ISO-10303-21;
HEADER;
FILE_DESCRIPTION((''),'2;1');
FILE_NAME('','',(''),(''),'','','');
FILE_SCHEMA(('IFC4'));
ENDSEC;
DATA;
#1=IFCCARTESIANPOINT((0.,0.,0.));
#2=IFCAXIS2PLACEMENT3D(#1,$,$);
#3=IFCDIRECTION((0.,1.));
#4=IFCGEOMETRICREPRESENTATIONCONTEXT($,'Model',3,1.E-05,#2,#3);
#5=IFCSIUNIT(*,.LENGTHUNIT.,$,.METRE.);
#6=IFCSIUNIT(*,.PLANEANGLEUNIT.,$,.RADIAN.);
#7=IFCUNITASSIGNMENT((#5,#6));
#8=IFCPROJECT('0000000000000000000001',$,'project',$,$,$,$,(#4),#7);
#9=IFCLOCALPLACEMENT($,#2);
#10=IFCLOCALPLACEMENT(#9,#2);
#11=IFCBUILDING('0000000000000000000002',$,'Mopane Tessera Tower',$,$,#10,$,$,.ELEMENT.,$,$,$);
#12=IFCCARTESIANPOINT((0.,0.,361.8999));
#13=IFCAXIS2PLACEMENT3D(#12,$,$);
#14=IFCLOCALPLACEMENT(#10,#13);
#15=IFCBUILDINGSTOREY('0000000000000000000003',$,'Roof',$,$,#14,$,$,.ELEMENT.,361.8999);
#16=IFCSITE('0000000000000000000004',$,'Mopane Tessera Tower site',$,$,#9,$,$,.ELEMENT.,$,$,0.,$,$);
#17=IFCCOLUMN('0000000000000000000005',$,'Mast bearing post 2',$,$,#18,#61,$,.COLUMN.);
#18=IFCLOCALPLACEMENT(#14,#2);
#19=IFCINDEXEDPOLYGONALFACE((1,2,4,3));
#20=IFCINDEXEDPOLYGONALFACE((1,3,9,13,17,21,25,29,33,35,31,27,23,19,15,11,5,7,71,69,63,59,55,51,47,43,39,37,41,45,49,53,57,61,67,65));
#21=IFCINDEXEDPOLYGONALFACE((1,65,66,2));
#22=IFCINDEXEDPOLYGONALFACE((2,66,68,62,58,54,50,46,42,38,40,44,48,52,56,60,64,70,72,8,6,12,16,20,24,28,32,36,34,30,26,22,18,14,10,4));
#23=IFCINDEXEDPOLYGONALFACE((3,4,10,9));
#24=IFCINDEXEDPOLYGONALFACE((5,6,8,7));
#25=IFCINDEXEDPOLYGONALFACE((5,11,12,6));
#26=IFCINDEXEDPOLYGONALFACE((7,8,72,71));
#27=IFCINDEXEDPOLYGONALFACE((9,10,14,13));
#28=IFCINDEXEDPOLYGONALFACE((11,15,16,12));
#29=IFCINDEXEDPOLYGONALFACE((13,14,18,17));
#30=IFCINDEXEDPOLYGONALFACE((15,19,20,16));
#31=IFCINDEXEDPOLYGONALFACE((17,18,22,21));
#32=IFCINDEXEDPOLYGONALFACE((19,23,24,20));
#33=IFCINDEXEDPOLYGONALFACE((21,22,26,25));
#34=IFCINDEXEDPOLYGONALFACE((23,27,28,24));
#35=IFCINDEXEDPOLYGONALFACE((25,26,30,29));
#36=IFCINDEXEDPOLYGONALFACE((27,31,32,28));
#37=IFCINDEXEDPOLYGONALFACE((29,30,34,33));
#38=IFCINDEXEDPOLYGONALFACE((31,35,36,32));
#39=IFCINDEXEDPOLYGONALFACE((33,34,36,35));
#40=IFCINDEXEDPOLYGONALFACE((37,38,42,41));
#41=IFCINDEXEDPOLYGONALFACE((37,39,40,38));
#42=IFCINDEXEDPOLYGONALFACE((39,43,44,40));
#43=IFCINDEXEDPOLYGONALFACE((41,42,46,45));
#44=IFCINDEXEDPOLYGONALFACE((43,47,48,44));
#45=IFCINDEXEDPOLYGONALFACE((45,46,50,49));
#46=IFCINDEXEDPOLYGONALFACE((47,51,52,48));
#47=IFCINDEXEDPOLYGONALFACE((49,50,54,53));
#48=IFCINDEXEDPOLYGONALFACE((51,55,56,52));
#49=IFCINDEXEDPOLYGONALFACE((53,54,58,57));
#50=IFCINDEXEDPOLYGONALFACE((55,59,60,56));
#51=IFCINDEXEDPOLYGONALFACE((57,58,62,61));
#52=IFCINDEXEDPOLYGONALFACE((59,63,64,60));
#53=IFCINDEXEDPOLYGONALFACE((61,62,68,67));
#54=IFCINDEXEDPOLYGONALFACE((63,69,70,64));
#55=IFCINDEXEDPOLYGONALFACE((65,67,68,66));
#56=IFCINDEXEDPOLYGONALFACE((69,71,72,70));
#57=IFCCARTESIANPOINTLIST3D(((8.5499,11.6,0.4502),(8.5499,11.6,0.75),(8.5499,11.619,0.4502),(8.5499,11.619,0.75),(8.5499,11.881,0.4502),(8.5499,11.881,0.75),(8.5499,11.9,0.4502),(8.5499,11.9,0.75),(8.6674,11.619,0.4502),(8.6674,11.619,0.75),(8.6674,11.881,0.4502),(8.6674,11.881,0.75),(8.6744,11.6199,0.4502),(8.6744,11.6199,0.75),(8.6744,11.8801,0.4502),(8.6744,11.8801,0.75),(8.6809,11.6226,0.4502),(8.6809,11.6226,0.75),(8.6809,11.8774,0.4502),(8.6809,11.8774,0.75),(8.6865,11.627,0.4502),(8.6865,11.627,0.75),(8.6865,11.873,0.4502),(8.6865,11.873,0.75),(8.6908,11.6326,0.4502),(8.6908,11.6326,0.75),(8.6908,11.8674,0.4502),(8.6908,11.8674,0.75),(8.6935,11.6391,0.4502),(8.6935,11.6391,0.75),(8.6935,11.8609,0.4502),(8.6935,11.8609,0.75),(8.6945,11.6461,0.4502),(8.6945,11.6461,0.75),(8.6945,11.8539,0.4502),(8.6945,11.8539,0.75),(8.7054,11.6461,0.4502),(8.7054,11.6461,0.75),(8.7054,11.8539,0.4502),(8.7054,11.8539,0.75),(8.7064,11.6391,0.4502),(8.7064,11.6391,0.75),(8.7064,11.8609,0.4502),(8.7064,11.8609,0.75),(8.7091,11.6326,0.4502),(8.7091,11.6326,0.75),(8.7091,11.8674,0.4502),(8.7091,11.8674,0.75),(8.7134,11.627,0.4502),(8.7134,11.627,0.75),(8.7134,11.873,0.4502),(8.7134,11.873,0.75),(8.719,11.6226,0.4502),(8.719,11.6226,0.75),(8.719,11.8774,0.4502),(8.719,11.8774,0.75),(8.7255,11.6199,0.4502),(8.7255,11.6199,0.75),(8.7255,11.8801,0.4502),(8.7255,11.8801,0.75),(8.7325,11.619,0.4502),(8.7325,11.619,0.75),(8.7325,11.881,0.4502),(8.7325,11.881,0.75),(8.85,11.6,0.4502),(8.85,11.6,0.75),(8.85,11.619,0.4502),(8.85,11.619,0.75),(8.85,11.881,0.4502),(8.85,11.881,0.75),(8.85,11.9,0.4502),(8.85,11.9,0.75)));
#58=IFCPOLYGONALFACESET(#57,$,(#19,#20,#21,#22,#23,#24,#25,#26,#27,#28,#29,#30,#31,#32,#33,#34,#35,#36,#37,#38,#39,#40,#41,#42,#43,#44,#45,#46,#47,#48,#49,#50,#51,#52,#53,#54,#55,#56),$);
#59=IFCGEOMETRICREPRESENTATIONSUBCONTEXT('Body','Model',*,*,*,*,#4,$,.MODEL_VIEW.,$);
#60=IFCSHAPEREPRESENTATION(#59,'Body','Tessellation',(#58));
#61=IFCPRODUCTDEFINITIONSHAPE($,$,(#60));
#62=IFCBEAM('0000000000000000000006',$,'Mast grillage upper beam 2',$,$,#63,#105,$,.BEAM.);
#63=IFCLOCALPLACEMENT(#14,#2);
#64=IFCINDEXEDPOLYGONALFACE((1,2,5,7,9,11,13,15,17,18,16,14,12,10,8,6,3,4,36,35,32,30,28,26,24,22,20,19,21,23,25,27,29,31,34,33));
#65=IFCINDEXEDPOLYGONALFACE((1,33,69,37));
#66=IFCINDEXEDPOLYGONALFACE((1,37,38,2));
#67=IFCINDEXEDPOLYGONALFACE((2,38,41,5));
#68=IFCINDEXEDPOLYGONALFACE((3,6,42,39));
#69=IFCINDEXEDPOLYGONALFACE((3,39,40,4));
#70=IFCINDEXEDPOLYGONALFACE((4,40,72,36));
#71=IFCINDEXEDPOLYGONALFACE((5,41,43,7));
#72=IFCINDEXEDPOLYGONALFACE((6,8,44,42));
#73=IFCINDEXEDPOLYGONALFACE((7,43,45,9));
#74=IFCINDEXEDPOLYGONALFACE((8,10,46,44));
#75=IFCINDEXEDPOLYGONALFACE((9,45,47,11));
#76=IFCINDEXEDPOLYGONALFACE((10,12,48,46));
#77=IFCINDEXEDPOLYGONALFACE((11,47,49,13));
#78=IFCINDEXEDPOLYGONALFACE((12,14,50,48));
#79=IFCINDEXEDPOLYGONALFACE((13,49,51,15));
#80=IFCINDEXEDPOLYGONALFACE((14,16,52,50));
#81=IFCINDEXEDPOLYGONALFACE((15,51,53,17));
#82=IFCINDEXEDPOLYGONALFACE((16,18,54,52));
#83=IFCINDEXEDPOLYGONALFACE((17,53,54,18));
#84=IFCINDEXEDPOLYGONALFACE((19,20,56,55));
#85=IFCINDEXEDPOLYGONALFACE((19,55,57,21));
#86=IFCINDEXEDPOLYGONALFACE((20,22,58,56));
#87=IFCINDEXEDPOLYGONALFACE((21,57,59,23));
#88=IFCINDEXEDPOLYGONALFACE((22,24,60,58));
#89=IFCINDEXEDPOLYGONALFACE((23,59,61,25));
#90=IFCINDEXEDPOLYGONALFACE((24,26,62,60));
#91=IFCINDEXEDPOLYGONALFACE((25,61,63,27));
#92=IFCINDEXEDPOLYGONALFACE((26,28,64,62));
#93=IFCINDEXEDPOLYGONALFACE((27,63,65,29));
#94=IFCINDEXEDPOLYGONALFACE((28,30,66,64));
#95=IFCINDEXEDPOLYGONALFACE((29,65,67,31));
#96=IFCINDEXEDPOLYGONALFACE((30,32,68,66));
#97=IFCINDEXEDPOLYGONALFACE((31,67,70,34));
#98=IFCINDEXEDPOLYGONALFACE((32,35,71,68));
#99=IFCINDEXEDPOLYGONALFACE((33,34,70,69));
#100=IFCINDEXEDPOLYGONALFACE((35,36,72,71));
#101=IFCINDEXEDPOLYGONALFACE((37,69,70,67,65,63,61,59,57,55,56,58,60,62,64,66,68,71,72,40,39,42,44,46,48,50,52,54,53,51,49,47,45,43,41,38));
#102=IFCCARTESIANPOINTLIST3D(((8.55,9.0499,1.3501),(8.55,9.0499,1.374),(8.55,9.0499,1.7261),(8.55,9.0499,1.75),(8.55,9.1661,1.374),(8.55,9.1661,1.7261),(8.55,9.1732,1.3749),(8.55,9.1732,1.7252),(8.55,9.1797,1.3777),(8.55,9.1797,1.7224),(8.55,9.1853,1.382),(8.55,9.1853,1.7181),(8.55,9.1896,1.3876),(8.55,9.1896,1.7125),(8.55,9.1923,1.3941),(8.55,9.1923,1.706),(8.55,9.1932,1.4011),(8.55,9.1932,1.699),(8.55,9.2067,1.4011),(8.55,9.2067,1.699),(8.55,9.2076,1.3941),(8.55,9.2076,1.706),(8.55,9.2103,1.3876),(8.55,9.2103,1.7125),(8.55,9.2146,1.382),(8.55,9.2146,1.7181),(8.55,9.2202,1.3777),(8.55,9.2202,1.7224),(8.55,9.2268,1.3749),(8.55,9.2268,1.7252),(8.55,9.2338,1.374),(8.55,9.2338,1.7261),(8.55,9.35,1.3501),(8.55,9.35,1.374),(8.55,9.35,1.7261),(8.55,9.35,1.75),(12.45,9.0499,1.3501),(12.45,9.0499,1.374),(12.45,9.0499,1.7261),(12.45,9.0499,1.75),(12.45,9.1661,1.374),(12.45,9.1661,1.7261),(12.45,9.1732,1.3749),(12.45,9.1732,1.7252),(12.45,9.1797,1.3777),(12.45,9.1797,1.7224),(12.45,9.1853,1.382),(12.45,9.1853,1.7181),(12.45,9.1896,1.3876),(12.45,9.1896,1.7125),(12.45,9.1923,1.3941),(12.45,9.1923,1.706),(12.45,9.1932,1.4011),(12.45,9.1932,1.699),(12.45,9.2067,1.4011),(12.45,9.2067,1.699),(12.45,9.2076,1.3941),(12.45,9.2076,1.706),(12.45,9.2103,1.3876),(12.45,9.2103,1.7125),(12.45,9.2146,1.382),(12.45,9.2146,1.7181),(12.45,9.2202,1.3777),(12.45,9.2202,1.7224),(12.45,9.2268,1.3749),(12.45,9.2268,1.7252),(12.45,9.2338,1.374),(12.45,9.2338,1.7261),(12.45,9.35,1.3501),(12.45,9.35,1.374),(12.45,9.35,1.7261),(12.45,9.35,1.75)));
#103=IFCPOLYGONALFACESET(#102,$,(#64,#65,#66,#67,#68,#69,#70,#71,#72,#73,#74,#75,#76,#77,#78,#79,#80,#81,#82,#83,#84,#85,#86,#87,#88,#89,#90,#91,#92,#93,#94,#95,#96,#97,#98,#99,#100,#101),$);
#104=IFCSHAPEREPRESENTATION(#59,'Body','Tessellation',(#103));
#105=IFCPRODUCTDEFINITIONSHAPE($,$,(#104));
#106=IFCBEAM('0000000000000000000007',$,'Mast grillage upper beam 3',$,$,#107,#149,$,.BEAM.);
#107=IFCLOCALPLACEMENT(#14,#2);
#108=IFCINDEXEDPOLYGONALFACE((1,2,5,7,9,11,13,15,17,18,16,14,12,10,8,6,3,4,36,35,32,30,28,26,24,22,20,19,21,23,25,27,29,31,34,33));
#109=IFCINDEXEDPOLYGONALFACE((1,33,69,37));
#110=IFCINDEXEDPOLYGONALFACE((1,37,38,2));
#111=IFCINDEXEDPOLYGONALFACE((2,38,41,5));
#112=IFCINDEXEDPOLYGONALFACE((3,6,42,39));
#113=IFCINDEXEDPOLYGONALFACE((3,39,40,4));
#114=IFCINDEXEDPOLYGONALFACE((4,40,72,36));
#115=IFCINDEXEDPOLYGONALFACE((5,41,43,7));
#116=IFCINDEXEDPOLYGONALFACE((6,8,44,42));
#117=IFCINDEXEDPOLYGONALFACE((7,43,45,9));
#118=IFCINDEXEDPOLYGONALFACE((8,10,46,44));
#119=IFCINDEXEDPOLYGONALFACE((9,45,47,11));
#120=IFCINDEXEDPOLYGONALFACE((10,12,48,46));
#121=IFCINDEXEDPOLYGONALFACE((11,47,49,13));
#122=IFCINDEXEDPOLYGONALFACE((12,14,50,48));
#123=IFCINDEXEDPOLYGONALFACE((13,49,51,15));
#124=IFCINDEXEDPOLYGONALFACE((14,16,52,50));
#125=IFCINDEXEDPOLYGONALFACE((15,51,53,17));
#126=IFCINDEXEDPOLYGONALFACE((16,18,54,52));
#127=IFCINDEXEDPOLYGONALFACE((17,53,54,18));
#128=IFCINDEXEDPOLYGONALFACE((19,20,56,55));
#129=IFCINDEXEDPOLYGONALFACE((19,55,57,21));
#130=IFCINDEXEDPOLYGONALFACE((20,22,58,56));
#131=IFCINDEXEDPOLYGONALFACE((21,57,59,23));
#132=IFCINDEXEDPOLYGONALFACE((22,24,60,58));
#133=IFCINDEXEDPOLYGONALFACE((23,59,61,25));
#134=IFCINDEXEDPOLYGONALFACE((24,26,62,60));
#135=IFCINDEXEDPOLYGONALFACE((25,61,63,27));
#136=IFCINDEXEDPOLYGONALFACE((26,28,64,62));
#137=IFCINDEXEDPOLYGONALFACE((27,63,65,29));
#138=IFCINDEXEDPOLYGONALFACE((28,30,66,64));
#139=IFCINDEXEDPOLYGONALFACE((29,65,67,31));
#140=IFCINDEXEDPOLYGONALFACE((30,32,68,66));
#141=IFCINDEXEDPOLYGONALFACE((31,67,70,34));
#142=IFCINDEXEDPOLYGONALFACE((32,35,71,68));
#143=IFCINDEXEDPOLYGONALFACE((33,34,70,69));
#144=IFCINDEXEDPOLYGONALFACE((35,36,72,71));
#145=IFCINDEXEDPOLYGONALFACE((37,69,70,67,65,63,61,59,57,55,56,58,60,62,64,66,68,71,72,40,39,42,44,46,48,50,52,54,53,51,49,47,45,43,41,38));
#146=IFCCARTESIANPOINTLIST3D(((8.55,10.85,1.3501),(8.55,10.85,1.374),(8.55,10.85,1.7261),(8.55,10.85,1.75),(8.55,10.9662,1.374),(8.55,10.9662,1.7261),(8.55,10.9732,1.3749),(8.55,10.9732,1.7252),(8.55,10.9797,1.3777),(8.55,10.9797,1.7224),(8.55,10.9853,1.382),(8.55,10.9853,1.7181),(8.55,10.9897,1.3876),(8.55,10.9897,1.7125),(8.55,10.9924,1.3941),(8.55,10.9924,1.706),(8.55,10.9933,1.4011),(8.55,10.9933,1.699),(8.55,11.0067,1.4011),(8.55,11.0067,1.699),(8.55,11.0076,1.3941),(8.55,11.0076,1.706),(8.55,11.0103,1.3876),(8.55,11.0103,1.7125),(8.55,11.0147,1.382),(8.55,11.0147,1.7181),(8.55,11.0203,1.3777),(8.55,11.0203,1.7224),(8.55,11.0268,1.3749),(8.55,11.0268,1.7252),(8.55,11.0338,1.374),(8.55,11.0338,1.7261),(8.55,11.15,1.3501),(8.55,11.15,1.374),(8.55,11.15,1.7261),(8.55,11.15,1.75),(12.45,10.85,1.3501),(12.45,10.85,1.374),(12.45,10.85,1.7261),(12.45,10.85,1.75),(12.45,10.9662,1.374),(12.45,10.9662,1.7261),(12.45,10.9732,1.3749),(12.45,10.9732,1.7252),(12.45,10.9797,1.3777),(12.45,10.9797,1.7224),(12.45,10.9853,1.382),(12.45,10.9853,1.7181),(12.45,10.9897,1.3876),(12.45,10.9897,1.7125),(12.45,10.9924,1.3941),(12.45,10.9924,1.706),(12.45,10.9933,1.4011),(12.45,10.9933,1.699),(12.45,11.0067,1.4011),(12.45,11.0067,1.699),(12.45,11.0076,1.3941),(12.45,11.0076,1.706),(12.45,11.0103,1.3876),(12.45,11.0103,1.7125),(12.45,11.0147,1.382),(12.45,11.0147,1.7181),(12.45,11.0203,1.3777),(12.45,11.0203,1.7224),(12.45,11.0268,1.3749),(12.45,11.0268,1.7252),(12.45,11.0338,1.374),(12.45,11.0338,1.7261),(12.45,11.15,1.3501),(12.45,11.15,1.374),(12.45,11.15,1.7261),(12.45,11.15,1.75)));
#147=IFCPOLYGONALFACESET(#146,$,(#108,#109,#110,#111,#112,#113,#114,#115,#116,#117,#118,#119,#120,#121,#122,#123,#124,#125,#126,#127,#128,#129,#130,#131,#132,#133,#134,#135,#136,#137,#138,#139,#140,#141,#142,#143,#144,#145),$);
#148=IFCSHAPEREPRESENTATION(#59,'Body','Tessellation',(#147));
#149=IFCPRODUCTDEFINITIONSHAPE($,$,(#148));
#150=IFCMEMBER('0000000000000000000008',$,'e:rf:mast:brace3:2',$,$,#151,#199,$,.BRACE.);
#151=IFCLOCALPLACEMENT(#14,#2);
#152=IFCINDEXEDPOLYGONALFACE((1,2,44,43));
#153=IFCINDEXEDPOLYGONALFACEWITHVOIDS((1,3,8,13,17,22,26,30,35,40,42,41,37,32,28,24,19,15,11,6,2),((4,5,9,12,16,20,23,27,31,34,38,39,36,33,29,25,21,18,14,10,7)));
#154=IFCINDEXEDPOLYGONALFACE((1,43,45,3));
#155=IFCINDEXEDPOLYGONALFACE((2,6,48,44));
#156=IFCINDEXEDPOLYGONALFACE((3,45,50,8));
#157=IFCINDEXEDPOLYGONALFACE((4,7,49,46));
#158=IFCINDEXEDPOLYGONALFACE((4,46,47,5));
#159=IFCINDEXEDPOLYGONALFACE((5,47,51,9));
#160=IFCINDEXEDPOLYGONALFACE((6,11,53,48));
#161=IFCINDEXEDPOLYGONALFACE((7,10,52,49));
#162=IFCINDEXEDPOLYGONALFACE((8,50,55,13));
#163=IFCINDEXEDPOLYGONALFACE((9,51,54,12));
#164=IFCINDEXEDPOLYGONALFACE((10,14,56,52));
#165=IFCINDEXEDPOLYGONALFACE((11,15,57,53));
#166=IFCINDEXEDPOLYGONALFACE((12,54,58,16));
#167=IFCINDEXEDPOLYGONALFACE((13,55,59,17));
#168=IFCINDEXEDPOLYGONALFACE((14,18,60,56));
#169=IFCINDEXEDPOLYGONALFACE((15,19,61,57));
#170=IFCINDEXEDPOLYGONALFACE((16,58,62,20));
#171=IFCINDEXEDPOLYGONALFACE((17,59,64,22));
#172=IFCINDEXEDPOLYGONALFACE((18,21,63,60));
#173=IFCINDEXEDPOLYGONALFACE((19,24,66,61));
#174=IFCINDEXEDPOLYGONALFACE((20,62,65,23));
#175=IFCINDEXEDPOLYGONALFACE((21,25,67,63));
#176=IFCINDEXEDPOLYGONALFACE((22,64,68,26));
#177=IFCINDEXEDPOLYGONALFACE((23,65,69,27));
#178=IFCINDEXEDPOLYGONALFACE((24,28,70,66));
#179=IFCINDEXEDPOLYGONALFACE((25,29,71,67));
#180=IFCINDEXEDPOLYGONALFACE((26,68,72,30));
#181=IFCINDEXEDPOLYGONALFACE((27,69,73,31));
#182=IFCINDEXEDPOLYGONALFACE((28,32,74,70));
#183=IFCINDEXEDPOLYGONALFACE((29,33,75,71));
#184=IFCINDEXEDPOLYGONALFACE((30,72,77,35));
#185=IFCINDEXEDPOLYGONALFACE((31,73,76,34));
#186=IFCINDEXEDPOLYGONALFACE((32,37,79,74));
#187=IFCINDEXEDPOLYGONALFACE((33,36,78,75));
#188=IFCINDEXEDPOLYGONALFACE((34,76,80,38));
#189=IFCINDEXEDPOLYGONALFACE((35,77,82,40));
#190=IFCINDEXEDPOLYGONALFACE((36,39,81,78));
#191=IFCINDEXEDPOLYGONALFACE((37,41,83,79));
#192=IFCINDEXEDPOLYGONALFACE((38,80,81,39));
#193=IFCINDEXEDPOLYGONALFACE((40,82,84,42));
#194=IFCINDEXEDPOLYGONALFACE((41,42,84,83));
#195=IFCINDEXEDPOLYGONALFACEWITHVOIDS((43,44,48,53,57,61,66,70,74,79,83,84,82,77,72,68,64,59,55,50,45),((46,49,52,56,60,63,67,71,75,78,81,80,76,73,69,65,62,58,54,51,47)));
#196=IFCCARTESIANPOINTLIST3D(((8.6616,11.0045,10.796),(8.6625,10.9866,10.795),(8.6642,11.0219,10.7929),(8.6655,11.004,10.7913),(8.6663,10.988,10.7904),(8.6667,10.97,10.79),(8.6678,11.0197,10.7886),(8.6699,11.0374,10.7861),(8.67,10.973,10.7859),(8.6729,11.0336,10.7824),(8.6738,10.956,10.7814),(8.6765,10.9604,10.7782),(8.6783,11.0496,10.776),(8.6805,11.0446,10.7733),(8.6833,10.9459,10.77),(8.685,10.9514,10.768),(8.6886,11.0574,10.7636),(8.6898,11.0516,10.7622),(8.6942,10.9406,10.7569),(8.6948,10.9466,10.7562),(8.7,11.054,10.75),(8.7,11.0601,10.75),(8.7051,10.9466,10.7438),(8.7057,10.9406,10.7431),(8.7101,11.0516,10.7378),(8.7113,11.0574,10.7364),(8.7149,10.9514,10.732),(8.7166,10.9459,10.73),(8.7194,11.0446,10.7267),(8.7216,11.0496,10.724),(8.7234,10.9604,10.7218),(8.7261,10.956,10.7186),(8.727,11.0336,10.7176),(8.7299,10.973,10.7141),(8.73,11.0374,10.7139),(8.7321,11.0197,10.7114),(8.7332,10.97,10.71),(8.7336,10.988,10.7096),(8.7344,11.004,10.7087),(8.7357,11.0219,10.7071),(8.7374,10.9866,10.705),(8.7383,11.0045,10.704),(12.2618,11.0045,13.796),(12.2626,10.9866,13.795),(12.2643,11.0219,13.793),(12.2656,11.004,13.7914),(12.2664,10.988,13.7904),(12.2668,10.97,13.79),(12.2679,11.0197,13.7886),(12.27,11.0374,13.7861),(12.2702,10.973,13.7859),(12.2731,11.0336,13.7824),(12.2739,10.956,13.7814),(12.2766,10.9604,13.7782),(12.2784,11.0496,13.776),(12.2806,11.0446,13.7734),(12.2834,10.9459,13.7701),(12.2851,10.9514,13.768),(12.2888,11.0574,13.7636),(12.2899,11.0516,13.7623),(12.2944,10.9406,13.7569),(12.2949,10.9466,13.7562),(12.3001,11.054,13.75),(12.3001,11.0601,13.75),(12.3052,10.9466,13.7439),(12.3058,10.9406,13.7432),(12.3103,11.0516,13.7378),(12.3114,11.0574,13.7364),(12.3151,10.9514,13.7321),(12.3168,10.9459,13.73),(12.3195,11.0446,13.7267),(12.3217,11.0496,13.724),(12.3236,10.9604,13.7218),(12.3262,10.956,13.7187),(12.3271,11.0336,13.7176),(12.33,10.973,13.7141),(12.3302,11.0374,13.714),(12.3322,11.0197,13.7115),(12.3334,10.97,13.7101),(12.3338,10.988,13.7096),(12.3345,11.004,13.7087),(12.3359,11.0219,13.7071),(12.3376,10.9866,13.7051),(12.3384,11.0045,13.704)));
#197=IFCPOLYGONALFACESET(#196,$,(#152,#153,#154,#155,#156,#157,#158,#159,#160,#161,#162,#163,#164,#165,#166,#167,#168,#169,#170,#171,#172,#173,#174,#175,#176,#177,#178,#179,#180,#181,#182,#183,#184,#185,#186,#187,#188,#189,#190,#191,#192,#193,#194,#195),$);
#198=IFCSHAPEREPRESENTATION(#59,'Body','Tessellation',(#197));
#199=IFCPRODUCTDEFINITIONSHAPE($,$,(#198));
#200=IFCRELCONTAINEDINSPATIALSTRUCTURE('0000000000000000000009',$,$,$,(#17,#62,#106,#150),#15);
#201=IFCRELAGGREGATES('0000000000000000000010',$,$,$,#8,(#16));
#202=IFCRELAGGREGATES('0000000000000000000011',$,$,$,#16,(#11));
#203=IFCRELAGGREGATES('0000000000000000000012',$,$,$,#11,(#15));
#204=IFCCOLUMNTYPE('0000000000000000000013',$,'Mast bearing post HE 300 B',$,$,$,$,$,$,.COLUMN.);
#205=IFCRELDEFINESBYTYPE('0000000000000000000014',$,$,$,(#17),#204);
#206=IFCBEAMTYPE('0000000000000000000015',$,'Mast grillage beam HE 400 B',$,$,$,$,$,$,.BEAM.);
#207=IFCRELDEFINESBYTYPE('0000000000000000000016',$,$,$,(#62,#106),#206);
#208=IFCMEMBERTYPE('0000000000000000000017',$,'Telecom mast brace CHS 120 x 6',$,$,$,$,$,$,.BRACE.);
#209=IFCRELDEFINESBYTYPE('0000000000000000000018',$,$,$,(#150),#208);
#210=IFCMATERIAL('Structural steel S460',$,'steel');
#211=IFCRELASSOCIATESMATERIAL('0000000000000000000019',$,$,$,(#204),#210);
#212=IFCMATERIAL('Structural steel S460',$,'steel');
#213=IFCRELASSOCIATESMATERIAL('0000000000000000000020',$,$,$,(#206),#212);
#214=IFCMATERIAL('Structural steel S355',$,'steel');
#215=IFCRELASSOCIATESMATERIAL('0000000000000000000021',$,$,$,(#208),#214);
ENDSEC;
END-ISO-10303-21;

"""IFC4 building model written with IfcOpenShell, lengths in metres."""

from ifc_helpers import new_model, si_unit, direction, frame, origin, origin_2d, place, context, subcontext, project, spatial, hollow_circle, i_section, extrude, material, material_profile, profile_set, type_object, element, save


model = new_model("IFC4")

# Units and contexts
model_context = context("Model", 3, precision=1e-05, world=origin(), true_north=direction((0.0, 1.0)))
body_context = subcontext(model_context, "Body", "Model", "MODEL_VIEW")
ifc_project = project(units=[si_unit("LENGTHUNIT", "METRE"), si_unit("PLANEANGLEUNIT", "RADIAN")], contexts=[model_context])

# Site, building, storey
site_placement = place(None, origin())
site = spatial("IfcSite", under=ifc_project, at=site_placement, Name="Mopane Tessera Tower site", CompositionType="ELEMENT", RefElevation=0.0)
building_placement = place(site_placement, origin())
building = spatial("IfcBuilding", under=site, at=building_placement, Name="Mopane Tessera Tower", CompositionType="ELEMENT")
storey_placement = place(building_placement, frame((0.0, 0.0, 361.8999)))
storey = spatial("IfcBuildingStorey", under=building, at=storey_placement, Name="Roof", CompositionType="ELEMENT", Elevation=361.8999)

# Column
ifc_material_1 = material(Name="Structural steel S460", Category="steel")
ifc_material_profile_1 = material_profile(ifc_material_1, i_section(OverallWidth=0.3, OverallDepth=0.3, WebThickness=0.011, FlangeThickness=0.019, FilletRadius=0.0271, at=origin_2d()))
ifc_profile_set_1 = profile_set([ifc_material_profile_1], Name="Structural steel S460")
column_type = type_object("IfcColumnType", Name="Mast bearing post HE 300 B", PredefinedType="COLUMN", material=ifc_profile_set_1)
column_placement = place(storey_placement, frame((8.7, 11.75, 0.4502), z_axis=(0.0, 0.0, 1.0), x_axis=(1.0, 0.0, 0.0)))
element("IfcColumn", 1, at=column_placement, inside=storey, type_object=column_type, Name="Mast bearing post 2", PredefinedType="COLUMN", context=body_context, shape_type="SweptSolid", body=[
    extrude(i_section(OverallWidth=0.3, OverallDepth=0.3, WebThickness=0.011, FlangeThickness=0.019, FilletRadius=0.0271, at=origin_2d()), origin(), (0.0, 0.0, 1.0), 0.2998),
])

# Beams
ifc_material_2 = material(Name="Structural steel S460", Category="steel")
ifc_material_profile_2 = material_profile(ifc_material_2, i_section(OverallWidth=0.3, OverallDepth=0.3999, WebThickness=0.0134, FlangeThickness=0.0239, FilletRadius=0.0271, at=origin_2d()))
ifc_profile_set_2 = profile_set([ifc_material_profile_2], Name="Structural steel S460")
beam_type = type_object("IfcBeamType", Name="Mast grillage beam HE 400 B", PredefinedType="BEAM", material=ifc_profile_set_2)
for number, where, z_axis, x_axis, name in (
    (2, (8.55, 9.2, 1.55), (1.0, 0.0, 0.0), (0.0, 1.0, 0.0), "Mast grillage upper beam 2"),
    (3, (8.55, 11.0, 1.55), (1.0, 0.0, 0.0), (0.0, 1.0, 0.0), "Mast grillage upper beam 3"),
):
    element("IfcBeam", number, at=place(storey_placement, frame(where, z_axis=z_axis, x_axis=x_axis)), inside=storey, type_object=beam_type, Name=name, PredefinedType="BEAM", context=body_context, shape_type="SweptSolid", body=[
        extrude(i_section(OverallWidth=0.3, OverallDepth=0.3999, WebThickness=0.0134, FlangeThickness=0.0239, FilletRadius=0.0271, at=origin_2d()), origin(), (0.0, 0.0, 1.0), 3.8999),
    ])

# Member
ifc_material_3 = material(Name="Structural steel S355", Category="steel")
ifc_material_profile_3 = material_profile(ifc_material_3, hollow_circle(Radius=0.0601, WallThickness=0.0061, at=origin_2d()))
ifc_profile_set_3 = profile_set([ifc_material_profile_3], Name="Structural steel S355")
member_type_1 = type_object("IfcMemberType", Name="Telecom mast brace CHS 120 x 6", PredefinedType="BRACE", material=ifc_profile_set_3)
for number, where, z_axis, x_axis, name in (
    (4, (8.7, 11.0, 10.75), (0.76823, 0.0, 0.640174), (0.0, 1.0, 0.0), "e:rf:mast:brace3:2"),
):
    element("IfcMember", number, at=place(storey_placement, frame(where, z_axis=z_axis, x_axis=x_axis)), inside=storey, type_object=member_type_1, Name=name, PredefinedType="BRACE", context=body_context, shape_type="SweptSolid", body=[
        extrude(hollow_circle(Radius=0.0601, WallThickness=0.0061, at=origin_2d()), origin(), (0.0, 0.0, 1.0), 4.6863),
    ])

save(model, "model.ifc")
